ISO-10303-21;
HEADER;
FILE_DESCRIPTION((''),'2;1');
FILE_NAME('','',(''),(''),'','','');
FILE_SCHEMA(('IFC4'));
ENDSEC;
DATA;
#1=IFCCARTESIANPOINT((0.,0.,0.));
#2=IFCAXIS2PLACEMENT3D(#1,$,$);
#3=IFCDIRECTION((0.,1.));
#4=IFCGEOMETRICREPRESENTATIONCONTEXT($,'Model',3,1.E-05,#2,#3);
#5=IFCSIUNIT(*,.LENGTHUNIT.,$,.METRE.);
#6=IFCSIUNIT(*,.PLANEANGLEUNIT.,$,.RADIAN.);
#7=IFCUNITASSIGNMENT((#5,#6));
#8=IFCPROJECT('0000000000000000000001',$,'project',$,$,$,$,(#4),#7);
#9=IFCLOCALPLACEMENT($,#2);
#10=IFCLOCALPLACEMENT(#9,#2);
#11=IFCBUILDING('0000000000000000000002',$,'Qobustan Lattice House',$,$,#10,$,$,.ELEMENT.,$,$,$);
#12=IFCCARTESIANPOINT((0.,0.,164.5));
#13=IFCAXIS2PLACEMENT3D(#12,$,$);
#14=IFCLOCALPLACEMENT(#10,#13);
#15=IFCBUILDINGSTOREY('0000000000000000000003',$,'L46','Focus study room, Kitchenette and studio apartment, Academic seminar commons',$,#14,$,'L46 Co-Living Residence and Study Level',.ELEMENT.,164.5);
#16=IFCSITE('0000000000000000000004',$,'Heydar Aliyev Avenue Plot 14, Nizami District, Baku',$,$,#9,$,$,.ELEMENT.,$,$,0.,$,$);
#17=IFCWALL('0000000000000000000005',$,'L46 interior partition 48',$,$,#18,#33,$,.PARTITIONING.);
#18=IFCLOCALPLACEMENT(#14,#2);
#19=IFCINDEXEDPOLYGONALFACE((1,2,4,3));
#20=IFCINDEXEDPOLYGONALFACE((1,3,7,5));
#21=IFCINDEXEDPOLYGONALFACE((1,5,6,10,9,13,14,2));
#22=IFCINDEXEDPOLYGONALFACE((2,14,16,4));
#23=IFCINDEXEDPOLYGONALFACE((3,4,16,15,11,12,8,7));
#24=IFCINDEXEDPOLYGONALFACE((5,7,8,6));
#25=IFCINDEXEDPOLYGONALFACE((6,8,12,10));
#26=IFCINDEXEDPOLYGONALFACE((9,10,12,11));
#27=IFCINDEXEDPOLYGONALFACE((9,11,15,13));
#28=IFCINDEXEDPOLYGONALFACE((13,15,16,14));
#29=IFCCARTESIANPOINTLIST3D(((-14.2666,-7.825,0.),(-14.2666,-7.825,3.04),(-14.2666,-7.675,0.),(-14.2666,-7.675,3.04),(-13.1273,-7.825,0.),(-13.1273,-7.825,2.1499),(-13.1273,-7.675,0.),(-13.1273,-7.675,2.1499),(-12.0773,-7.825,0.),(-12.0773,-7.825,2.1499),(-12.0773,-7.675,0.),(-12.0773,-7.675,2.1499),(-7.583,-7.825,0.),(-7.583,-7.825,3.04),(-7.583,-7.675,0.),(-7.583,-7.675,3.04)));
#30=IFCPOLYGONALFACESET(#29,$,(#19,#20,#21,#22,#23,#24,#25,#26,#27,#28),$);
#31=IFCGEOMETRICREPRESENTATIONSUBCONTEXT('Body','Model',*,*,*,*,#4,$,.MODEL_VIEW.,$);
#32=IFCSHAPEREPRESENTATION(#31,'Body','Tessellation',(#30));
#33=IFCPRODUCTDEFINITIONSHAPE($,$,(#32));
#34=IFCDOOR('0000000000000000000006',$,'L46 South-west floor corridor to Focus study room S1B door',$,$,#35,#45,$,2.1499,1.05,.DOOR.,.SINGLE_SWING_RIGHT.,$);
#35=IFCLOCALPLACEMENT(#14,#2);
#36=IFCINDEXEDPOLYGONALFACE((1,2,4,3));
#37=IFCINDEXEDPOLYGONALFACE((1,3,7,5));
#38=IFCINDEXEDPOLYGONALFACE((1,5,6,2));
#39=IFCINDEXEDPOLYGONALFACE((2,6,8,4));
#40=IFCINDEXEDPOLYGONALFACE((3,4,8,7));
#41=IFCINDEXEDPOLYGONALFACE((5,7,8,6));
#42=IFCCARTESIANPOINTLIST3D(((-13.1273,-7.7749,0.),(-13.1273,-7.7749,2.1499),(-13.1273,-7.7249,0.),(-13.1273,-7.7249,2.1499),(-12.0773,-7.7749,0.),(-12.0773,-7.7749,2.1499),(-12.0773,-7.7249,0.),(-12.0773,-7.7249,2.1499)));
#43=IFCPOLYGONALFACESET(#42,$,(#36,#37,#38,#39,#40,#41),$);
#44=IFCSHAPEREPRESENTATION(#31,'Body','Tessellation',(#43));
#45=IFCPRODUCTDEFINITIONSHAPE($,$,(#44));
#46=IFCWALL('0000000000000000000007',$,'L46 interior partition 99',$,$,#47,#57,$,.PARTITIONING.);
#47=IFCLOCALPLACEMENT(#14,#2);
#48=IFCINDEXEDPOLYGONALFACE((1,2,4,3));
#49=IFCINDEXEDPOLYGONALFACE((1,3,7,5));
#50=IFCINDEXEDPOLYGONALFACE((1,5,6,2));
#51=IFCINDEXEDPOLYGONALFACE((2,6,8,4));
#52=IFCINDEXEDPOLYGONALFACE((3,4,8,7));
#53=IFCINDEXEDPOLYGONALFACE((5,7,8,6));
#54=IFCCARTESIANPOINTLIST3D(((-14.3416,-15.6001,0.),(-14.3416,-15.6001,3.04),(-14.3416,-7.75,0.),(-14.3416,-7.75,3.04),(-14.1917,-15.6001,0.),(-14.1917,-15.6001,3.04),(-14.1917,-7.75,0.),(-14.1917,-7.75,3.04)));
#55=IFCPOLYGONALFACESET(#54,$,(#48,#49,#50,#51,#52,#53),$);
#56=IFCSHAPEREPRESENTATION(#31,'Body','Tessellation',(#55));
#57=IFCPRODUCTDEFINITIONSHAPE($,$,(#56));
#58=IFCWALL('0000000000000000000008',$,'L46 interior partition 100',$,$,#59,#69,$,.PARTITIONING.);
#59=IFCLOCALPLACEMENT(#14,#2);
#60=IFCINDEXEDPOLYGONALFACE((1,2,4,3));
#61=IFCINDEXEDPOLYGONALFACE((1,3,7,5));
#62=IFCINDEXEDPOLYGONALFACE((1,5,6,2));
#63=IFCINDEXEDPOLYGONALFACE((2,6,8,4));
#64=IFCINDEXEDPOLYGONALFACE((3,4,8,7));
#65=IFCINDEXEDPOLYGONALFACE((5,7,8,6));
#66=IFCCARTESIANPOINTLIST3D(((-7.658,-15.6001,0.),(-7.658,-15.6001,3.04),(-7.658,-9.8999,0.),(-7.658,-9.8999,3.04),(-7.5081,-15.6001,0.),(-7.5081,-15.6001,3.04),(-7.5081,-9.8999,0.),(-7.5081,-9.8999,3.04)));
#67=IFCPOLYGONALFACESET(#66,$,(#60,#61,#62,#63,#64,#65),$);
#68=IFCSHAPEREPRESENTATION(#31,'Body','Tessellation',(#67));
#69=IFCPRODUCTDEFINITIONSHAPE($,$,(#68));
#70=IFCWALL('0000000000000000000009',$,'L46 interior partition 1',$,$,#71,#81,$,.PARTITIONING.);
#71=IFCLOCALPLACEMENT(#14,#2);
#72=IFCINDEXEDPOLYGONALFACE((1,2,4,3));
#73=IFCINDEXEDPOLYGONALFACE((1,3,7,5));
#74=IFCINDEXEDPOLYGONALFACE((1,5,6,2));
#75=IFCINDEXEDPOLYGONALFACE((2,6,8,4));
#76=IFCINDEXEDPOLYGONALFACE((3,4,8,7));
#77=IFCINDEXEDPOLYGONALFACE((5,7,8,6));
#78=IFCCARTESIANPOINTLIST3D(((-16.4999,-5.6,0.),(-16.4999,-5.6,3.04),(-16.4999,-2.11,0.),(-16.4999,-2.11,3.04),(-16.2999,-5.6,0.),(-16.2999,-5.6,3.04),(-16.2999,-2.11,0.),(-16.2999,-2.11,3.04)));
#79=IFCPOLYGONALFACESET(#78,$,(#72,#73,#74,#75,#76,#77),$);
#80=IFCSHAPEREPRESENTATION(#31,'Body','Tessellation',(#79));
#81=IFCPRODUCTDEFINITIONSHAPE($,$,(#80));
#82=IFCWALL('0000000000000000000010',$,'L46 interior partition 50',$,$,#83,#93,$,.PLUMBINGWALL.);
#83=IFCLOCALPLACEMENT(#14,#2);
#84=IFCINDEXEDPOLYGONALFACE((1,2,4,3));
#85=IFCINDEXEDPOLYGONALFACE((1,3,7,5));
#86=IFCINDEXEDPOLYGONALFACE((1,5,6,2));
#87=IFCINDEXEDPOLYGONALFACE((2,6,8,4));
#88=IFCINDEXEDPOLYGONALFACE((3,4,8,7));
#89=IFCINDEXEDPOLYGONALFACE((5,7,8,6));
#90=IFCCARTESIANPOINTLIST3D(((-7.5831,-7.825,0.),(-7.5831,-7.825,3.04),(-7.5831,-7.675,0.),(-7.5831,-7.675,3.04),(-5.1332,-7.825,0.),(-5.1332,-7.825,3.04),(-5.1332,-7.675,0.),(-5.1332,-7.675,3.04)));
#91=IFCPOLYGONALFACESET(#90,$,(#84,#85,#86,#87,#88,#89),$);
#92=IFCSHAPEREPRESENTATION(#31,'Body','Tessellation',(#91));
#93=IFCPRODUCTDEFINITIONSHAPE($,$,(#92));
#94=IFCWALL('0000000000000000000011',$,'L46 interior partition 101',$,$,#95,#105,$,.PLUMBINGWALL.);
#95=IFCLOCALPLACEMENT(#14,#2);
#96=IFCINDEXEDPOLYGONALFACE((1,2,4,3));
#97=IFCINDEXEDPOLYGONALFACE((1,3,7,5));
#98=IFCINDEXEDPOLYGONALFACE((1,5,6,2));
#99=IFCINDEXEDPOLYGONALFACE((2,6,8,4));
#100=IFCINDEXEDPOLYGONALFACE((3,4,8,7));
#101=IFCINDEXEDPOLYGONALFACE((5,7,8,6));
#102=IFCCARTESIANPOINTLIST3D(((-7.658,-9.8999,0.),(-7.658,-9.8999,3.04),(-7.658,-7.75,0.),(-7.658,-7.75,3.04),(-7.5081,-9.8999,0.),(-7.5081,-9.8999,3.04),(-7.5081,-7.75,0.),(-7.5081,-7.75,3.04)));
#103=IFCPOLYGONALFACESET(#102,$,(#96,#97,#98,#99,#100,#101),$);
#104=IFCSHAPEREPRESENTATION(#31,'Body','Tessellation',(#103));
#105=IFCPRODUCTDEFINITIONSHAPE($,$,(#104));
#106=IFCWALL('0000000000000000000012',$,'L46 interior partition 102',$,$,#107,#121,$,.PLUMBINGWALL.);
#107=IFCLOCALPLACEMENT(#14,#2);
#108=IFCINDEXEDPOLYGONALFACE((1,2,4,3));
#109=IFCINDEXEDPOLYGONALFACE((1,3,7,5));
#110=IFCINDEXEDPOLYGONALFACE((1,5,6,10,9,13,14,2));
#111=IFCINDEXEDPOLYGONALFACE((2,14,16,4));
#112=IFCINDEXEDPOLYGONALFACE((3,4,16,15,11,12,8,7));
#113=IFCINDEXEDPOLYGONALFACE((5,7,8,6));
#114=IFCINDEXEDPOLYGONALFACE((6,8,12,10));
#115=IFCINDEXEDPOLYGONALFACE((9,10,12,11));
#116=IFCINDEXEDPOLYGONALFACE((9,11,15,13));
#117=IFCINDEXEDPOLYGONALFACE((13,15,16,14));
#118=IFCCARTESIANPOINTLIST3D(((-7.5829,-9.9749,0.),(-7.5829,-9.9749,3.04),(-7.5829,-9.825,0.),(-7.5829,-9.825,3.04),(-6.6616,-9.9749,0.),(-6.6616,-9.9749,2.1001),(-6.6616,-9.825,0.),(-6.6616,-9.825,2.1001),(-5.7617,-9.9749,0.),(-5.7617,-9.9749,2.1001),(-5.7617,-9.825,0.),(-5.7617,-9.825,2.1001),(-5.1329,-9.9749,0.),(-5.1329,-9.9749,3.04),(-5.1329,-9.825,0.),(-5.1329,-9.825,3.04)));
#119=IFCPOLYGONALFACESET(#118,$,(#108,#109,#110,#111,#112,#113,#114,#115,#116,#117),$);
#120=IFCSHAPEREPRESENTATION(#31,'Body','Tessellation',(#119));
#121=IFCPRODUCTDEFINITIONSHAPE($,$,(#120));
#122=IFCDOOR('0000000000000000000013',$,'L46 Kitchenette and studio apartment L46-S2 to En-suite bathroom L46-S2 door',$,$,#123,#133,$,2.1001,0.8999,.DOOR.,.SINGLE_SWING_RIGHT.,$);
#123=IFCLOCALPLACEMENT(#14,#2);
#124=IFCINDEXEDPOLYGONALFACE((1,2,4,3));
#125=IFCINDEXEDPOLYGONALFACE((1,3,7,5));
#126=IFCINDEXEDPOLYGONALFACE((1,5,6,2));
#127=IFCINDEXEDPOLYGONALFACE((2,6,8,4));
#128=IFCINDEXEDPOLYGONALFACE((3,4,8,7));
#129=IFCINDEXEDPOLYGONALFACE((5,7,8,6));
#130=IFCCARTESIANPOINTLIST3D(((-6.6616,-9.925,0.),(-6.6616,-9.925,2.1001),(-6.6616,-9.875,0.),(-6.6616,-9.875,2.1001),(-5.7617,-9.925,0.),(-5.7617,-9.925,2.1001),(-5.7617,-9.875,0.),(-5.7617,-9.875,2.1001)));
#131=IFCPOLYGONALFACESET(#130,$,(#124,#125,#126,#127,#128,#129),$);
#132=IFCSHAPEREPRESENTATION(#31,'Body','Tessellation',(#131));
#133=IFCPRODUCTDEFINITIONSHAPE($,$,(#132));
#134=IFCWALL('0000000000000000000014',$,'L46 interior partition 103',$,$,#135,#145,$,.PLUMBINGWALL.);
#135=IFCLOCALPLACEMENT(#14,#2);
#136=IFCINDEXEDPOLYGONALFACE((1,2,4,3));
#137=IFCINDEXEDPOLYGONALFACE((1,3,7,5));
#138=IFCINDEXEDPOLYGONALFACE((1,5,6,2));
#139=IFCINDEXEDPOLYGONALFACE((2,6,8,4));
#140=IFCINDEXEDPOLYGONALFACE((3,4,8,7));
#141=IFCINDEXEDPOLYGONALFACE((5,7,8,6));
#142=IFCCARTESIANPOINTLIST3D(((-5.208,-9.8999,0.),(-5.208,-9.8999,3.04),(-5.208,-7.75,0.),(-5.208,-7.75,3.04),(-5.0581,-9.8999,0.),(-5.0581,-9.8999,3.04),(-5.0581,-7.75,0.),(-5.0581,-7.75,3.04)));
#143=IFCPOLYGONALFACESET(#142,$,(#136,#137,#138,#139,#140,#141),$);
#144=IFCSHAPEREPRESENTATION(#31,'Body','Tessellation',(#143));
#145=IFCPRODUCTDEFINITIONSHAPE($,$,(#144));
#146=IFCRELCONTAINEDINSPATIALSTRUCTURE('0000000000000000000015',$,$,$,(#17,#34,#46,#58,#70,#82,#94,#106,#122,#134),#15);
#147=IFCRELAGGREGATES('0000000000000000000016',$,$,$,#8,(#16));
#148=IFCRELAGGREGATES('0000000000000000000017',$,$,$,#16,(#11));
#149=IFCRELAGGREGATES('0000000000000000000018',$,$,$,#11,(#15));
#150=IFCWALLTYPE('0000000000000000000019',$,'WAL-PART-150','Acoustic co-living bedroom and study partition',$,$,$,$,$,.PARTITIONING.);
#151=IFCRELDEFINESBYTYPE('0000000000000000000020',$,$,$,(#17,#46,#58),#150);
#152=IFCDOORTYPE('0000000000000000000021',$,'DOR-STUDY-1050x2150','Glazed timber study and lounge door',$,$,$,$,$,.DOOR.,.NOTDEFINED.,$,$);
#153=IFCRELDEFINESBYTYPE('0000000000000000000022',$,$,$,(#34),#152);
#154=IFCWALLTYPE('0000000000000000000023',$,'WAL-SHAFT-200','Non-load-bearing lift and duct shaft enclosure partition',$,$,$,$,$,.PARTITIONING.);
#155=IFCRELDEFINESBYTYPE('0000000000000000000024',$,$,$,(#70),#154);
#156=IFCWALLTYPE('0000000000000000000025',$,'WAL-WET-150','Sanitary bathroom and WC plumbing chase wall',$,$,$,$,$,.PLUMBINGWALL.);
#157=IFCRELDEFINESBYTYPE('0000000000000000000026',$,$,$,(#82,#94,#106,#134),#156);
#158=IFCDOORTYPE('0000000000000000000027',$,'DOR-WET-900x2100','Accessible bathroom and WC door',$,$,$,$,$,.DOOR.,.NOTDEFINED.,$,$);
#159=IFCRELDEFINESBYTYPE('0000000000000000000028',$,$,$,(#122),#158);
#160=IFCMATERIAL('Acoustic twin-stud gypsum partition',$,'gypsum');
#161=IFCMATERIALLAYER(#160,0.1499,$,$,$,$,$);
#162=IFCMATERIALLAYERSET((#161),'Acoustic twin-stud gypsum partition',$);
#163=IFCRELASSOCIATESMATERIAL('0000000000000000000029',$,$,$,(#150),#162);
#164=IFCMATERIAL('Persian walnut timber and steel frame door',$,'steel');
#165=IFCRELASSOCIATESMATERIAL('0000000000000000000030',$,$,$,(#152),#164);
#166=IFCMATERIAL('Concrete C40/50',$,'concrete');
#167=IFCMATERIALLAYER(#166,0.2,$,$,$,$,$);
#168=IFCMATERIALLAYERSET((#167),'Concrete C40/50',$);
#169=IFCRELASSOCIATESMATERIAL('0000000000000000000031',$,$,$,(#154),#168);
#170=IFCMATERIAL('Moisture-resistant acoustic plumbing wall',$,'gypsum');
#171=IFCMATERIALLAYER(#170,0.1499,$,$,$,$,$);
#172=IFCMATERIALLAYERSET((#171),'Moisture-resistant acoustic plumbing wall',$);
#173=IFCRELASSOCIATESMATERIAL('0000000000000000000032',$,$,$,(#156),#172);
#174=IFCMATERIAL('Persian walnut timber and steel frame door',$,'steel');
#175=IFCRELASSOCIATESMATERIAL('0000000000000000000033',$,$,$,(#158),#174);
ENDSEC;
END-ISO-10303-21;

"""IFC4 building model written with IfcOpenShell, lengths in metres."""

from ifc_helpers import new_model, si_unit, direction, frame, frame_2d, origin, place, context, subcontext, project, spatial, rectangle, extrude, material, layer, layer_set, type_object, element, fill, save


model = new_model("IFC4")

# Units and contexts
model_context = context("Model", 3, precision=1e-05, world=origin(), true_north=direction((0.0, 1.0)))
body_context = subcontext(model_context, "Body", "Model", "MODEL_VIEW")
ifc_project = project(units=[si_unit("LENGTHUNIT", "METRE"), si_unit("PLANEANGLEUNIT", "RADIAN")], contexts=[model_context])

# Site, building, storey
site_placement = place(None, origin())
site = spatial("IfcSite", under=ifc_project, at=site_placement, Name="Heydar Aliyev Avenue Plot 14, Nizami District, Baku", CompositionType="ELEMENT", RefElevation=0.0)
building_placement = place(site_placement, origin())
building = spatial("IfcBuilding", under=site, at=building_placement, Name="Qobustan Lattice House", CompositionType="ELEMENT")
storey_placement = place(building_placement, frame((0.0, 0.0, 164.5)))
storey = spatial("IfcBuildingStorey", under=building, at=storey_placement, Name="L46", Description="Focus study room, Kitchenette and studio apartment, Academic seminar commons", LongName="L46 Co-Living Residence and Study Level", CompositionType="ELEMENT", Elevation=164.5)

# Wall, opening, door
ifc_material_1 = material(Name="Acoustic twin-stud gypsum partition", Category="gypsum")
ifc_layer_1 = layer(ifc_material_1, 0.1499)
ifc_layer_set_1 = layer_set([ifc_layer_1], Name="Acoustic twin-stud gypsum partition")
wall_type_1 = type_object("IfcWallType", Name="WAL-PART-150", Description="Acoustic co-living bedroom and study partition", PredefinedType="PARTITIONING", material=ifc_layer_set_1)
ifc_material_2 = material(Name="Persian walnut timber and steel frame door", Category="steel")
door_type_1 = type_object("IfcDoorType", Name="DOR-STUDY-1050x2150", Description="Glazed timber study and lounge door", OperationType="NOTDEFINED", PredefinedType="DOOR", material=ifc_material_2)
wall_1_placement = place(storey_placement, frame((-7.583, -7.75, 0.0), z_axis=(0.0, 0.0, 1.0), x_axis=(-1.0, 0.0, 0.0)))
wall_1 = element("IfcWall", 1, at=wall_1_placement, inside=storey, type_object=wall_type_1, Name="L46 interior partition 48", PredefinedType="PARTITIONING", context=body_context, shape_type="SweptSolid", body=[
    extrude(rectangle(XDim=6.6836, YDim=0.1499, at=frame_2d((3.3418, 0.0))), origin(), (0.0, 0.0, 1.0), 3.04),
])
opening_1_placement = place(wall_1_placement, frame((4.4944, 0.0, 0.0)))
opening_1 = element("IfcOpeningElement", 2, at=opening_1_placement, cuts=wall_1, PredefinedType="OPENING", context=body_context, shape_type="SweptSolid", body=[
    extrude(rectangle(XDim=1.05, YDim=2.1499, at=frame_2d((0.5249, 1.075))), frame((0.0, 0.085, 0.0), z_axis=(0.0, -1.0, 0.0), x_axis=(1.0, 0.0, 0.0)), (0.0, 0.0, 1.0), 0.1699),
])
door_1_placement = place(opening_1_placement, origin())
door_1 = element("IfcDoor", 3, at=door_1_placement, inside=storey, type_object=door_type_1, Name="L46 South-west floor corridor to Focus study room S1B door", OperationType="SINGLE_SWING_RIGHT", OverallHeight=2.1499, OverallWidth=1.05, PredefinedType="DOOR", context=body_context, shape_type="SweptSolid", body=[
    extrude(rectangle(XDim=1.05, YDim=2.1499, at=frame_2d((0.5249, 1.075))), frame((0.0, 0.0249, 0.0), z_axis=(0.0, -1.0, 0.0), x_axis=(1.0, 0.0, 0.0)), (0.0, 0.0, 1.0), 0.05),
])
fill(opening_1, door_1)

# Walls
wall_2_placement = place(storey_placement, frame((-14.2666, -7.75, 0.0), z_axis=(0.0, 0.0, 1.0), x_axis=(0.0, -1.0, 0.0)))
element("IfcWall", 4, at=wall_2_placement, inside=storey, type_object=wall_type_1, Name="L46 interior partition 99", PredefinedType="PARTITIONING", context=body_context, shape_type="SweptSolid", body=[
    extrude(rectangle(XDim=7.8501, YDim=0.1499, at=frame_2d((3.925, 0.0))), origin(), (0.0, 0.0, 1.0), 3.04),
])
wall_3_placement = place(storey_placement, frame((-7.583, -9.8999, 0.0), z_axis=(0.0, 0.0, 1.0), x_axis=(0.0, -1.0, 0.0)))
element("IfcWall", 5, at=wall_3_placement, inside=storey, type_object=wall_type_1, Name="L46 interior partition 100", PredefinedType="PARTITIONING", context=body_context, shape_type="SweptSolid", body=[
    extrude(rectangle(XDim=5.7002, YDim=0.1499, at=frame_2d((2.8501, 0.0))), origin(), (0.0, 0.0, 1.0), 3.04),
])
ifc_material_3 = material(Name="Concrete C40/50", Category="concrete")
ifc_layer_2 = layer(ifc_material_3, 0.2)
ifc_layer_set_2 = layer_set([ifc_layer_2], Name="Concrete C40/50")
wall_type_2 = type_object("IfcWallType", Name="WAL-SHAFT-200", Description="Non-load-bearing lift and duct shaft enclosure partition", PredefinedType="PARTITIONING", material=ifc_layer_set_2)
wall_4_placement = place(storey_placement, frame((-16.3999, -5.6001, 0.0), z_axis=(0.0, 0.0, 1.0), x_axis=(0.0, 1.0, 0.0)))
element("IfcWall", 6, at=wall_4_placement, inside=storey, type_object=wall_type_2, Name="L46 interior partition 1", PredefinedType="PARTITIONING", context=body_context, shape_type="SweptSolid", body=[
    extrude(rectangle(XDim=3.49, YDim=0.2, at=frame_2d((1.7451, 0.0))), origin(), (0.0, 0.0, 1.0), 3.04),
])
ifc_material_4 = material(Name="Moisture-resistant acoustic plumbing wall", Category="gypsum")
ifc_layer_3 = layer(ifc_material_4, 0.1499)
ifc_layer_set_3 = layer_set([ifc_layer_3], Name="Moisture-resistant acoustic plumbing wall")
wall_type_3 = type_object("IfcWallType", Name="WAL-WET-150", Description="Sanitary bathroom and WC plumbing chase wall", PredefinedType="PLUMBINGWALL", material=ifc_layer_set_3)
wall_5_placement = place(storey_placement, frame((-5.1331, -7.75, 0.0), z_axis=(0.0, 0.0, 1.0), x_axis=(-1.0, 0.0, 0.0)))
element("IfcWall", 7, at=wall_5_placement, inside=storey, type_object=wall_type_3, Name="L46 interior partition 50", PredefinedType="PLUMBINGWALL", context=body_context, shape_type="SweptSolid", body=[
    extrude(rectangle(XDim=2.45, YDim=0.1499, at=frame_2d((1.2251, 0.0))), origin(), (0.0, 0.0, 1.0), 3.04),
])
wall_6_placement = place(storey_placement, frame((-7.583, -7.75, 0.0), z_axis=(0.0, 0.0, 1.0), x_axis=(0.0, -1.0, 0.0)))
element("IfcWall", 8, at=wall_6_placement, inside=storey, type_object=wall_type_3, Name="L46 interior partition 101", PredefinedType="PLUMBINGWALL", context=body_context, shape_type="SweptSolid", body=[
    extrude(rectangle(XDim=2.1499, YDim=0.1499, at=frame_2d((1.075, 0.0))), origin(), (0.0, 0.0, 1.0), 3.04),
])

# Wall, opening, door
wall_7_placement = place(storey_placement, frame((-7.583, -9.8999, 0.0), z_axis=(0.0, 0.0, 1.0), x_axis=(1.0, 0.0, 0.0)))
wall_7 = element("IfcWall", 9, at=wall_7_placement, inside=storey, type_object=wall_type_3, Name="L46 interior partition 102", PredefinedType="PLUMBINGWALL", context=body_context, shape_type="SweptSolid", body=[
    extrude(rectangle(XDim=2.45, YDim=0.1499, at=frame_2d((1.2251, 0.0))), origin(), (0.0, 0.0, 1.0), 3.04),
])
opening_2_placement = place(wall_7_placement, frame((0.9214, 0.0, 0.0)))
opening_2 = element("IfcOpeningElement", 10, at=opening_2_placement, cuts=wall_7, PredefinedType="OPENING", context=body_context, shape_type="SweptSolid", body=[
    extrude(rectangle(XDim=0.8999, YDim=2.1001, at=frame_2d((0.45, 1.05))), frame((0.0, 0.085, 0.0), z_axis=(0.0, -1.0, 0.0), x_axis=(1.0, 0.0, 0.0)), (0.0, 0.0, 1.0), 0.1699),
])
ifc_material_5 = material(Name="Persian walnut timber and steel frame door", Category="steel")
door_type_2 = type_object("IfcDoorType", Name="DOR-WET-900x2100", Description="Accessible bathroom and WC door", OperationType="NOTDEFINED", PredefinedType="DOOR", material=ifc_material_5)
door_2_placement = place(opening_2_placement, origin())
door_2 = element("IfcDoor", 11, at=door_2_placement, inside=storey, type_object=door_type_2, Name="L46 Kitchenette and studio apartment L46-S2 to En-suite bathroom L46-S2 door", OperationType="SINGLE_SWING_RIGHT", OverallHeight=2.1001, OverallWidth=0.8999, PredefinedType="DOOR", context=body_context, shape_type="SweptSolid", body=[
    extrude(rectangle(XDim=0.8999, YDim=2.1001, at=frame_2d((0.45, 1.05))), frame((0.0, 0.0249, 0.0), z_axis=(0.0, -1.0, 0.0), x_axis=(1.0, 0.0, 0.0)), (0.0, 0.0, 1.0), 0.05),
])
fill(opening_2, door_2)

# Wall
wall_8_placement = place(storey_placement, frame((-5.1331, -9.8999, 0.0), z_axis=(0.0, 0.0, 1.0), x_axis=(0.0, 1.0, 0.0)))
element("IfcWall", 12, at=wall_8_placement, inside=storey, type_object=wall_type_3, Name="L46 interior partition 103", PredefinedType="PLUMBINGWALL", context=body_context, shape_type="SweptSolid", body=[
    extrude(rectangle(XDim=2.1499, YDim=0.1499, at=frame_2d((1.075, 0.0))), origin(), (0.0, 0.0, 1.0), 3.04),
])

save(model, "model.ifc")
